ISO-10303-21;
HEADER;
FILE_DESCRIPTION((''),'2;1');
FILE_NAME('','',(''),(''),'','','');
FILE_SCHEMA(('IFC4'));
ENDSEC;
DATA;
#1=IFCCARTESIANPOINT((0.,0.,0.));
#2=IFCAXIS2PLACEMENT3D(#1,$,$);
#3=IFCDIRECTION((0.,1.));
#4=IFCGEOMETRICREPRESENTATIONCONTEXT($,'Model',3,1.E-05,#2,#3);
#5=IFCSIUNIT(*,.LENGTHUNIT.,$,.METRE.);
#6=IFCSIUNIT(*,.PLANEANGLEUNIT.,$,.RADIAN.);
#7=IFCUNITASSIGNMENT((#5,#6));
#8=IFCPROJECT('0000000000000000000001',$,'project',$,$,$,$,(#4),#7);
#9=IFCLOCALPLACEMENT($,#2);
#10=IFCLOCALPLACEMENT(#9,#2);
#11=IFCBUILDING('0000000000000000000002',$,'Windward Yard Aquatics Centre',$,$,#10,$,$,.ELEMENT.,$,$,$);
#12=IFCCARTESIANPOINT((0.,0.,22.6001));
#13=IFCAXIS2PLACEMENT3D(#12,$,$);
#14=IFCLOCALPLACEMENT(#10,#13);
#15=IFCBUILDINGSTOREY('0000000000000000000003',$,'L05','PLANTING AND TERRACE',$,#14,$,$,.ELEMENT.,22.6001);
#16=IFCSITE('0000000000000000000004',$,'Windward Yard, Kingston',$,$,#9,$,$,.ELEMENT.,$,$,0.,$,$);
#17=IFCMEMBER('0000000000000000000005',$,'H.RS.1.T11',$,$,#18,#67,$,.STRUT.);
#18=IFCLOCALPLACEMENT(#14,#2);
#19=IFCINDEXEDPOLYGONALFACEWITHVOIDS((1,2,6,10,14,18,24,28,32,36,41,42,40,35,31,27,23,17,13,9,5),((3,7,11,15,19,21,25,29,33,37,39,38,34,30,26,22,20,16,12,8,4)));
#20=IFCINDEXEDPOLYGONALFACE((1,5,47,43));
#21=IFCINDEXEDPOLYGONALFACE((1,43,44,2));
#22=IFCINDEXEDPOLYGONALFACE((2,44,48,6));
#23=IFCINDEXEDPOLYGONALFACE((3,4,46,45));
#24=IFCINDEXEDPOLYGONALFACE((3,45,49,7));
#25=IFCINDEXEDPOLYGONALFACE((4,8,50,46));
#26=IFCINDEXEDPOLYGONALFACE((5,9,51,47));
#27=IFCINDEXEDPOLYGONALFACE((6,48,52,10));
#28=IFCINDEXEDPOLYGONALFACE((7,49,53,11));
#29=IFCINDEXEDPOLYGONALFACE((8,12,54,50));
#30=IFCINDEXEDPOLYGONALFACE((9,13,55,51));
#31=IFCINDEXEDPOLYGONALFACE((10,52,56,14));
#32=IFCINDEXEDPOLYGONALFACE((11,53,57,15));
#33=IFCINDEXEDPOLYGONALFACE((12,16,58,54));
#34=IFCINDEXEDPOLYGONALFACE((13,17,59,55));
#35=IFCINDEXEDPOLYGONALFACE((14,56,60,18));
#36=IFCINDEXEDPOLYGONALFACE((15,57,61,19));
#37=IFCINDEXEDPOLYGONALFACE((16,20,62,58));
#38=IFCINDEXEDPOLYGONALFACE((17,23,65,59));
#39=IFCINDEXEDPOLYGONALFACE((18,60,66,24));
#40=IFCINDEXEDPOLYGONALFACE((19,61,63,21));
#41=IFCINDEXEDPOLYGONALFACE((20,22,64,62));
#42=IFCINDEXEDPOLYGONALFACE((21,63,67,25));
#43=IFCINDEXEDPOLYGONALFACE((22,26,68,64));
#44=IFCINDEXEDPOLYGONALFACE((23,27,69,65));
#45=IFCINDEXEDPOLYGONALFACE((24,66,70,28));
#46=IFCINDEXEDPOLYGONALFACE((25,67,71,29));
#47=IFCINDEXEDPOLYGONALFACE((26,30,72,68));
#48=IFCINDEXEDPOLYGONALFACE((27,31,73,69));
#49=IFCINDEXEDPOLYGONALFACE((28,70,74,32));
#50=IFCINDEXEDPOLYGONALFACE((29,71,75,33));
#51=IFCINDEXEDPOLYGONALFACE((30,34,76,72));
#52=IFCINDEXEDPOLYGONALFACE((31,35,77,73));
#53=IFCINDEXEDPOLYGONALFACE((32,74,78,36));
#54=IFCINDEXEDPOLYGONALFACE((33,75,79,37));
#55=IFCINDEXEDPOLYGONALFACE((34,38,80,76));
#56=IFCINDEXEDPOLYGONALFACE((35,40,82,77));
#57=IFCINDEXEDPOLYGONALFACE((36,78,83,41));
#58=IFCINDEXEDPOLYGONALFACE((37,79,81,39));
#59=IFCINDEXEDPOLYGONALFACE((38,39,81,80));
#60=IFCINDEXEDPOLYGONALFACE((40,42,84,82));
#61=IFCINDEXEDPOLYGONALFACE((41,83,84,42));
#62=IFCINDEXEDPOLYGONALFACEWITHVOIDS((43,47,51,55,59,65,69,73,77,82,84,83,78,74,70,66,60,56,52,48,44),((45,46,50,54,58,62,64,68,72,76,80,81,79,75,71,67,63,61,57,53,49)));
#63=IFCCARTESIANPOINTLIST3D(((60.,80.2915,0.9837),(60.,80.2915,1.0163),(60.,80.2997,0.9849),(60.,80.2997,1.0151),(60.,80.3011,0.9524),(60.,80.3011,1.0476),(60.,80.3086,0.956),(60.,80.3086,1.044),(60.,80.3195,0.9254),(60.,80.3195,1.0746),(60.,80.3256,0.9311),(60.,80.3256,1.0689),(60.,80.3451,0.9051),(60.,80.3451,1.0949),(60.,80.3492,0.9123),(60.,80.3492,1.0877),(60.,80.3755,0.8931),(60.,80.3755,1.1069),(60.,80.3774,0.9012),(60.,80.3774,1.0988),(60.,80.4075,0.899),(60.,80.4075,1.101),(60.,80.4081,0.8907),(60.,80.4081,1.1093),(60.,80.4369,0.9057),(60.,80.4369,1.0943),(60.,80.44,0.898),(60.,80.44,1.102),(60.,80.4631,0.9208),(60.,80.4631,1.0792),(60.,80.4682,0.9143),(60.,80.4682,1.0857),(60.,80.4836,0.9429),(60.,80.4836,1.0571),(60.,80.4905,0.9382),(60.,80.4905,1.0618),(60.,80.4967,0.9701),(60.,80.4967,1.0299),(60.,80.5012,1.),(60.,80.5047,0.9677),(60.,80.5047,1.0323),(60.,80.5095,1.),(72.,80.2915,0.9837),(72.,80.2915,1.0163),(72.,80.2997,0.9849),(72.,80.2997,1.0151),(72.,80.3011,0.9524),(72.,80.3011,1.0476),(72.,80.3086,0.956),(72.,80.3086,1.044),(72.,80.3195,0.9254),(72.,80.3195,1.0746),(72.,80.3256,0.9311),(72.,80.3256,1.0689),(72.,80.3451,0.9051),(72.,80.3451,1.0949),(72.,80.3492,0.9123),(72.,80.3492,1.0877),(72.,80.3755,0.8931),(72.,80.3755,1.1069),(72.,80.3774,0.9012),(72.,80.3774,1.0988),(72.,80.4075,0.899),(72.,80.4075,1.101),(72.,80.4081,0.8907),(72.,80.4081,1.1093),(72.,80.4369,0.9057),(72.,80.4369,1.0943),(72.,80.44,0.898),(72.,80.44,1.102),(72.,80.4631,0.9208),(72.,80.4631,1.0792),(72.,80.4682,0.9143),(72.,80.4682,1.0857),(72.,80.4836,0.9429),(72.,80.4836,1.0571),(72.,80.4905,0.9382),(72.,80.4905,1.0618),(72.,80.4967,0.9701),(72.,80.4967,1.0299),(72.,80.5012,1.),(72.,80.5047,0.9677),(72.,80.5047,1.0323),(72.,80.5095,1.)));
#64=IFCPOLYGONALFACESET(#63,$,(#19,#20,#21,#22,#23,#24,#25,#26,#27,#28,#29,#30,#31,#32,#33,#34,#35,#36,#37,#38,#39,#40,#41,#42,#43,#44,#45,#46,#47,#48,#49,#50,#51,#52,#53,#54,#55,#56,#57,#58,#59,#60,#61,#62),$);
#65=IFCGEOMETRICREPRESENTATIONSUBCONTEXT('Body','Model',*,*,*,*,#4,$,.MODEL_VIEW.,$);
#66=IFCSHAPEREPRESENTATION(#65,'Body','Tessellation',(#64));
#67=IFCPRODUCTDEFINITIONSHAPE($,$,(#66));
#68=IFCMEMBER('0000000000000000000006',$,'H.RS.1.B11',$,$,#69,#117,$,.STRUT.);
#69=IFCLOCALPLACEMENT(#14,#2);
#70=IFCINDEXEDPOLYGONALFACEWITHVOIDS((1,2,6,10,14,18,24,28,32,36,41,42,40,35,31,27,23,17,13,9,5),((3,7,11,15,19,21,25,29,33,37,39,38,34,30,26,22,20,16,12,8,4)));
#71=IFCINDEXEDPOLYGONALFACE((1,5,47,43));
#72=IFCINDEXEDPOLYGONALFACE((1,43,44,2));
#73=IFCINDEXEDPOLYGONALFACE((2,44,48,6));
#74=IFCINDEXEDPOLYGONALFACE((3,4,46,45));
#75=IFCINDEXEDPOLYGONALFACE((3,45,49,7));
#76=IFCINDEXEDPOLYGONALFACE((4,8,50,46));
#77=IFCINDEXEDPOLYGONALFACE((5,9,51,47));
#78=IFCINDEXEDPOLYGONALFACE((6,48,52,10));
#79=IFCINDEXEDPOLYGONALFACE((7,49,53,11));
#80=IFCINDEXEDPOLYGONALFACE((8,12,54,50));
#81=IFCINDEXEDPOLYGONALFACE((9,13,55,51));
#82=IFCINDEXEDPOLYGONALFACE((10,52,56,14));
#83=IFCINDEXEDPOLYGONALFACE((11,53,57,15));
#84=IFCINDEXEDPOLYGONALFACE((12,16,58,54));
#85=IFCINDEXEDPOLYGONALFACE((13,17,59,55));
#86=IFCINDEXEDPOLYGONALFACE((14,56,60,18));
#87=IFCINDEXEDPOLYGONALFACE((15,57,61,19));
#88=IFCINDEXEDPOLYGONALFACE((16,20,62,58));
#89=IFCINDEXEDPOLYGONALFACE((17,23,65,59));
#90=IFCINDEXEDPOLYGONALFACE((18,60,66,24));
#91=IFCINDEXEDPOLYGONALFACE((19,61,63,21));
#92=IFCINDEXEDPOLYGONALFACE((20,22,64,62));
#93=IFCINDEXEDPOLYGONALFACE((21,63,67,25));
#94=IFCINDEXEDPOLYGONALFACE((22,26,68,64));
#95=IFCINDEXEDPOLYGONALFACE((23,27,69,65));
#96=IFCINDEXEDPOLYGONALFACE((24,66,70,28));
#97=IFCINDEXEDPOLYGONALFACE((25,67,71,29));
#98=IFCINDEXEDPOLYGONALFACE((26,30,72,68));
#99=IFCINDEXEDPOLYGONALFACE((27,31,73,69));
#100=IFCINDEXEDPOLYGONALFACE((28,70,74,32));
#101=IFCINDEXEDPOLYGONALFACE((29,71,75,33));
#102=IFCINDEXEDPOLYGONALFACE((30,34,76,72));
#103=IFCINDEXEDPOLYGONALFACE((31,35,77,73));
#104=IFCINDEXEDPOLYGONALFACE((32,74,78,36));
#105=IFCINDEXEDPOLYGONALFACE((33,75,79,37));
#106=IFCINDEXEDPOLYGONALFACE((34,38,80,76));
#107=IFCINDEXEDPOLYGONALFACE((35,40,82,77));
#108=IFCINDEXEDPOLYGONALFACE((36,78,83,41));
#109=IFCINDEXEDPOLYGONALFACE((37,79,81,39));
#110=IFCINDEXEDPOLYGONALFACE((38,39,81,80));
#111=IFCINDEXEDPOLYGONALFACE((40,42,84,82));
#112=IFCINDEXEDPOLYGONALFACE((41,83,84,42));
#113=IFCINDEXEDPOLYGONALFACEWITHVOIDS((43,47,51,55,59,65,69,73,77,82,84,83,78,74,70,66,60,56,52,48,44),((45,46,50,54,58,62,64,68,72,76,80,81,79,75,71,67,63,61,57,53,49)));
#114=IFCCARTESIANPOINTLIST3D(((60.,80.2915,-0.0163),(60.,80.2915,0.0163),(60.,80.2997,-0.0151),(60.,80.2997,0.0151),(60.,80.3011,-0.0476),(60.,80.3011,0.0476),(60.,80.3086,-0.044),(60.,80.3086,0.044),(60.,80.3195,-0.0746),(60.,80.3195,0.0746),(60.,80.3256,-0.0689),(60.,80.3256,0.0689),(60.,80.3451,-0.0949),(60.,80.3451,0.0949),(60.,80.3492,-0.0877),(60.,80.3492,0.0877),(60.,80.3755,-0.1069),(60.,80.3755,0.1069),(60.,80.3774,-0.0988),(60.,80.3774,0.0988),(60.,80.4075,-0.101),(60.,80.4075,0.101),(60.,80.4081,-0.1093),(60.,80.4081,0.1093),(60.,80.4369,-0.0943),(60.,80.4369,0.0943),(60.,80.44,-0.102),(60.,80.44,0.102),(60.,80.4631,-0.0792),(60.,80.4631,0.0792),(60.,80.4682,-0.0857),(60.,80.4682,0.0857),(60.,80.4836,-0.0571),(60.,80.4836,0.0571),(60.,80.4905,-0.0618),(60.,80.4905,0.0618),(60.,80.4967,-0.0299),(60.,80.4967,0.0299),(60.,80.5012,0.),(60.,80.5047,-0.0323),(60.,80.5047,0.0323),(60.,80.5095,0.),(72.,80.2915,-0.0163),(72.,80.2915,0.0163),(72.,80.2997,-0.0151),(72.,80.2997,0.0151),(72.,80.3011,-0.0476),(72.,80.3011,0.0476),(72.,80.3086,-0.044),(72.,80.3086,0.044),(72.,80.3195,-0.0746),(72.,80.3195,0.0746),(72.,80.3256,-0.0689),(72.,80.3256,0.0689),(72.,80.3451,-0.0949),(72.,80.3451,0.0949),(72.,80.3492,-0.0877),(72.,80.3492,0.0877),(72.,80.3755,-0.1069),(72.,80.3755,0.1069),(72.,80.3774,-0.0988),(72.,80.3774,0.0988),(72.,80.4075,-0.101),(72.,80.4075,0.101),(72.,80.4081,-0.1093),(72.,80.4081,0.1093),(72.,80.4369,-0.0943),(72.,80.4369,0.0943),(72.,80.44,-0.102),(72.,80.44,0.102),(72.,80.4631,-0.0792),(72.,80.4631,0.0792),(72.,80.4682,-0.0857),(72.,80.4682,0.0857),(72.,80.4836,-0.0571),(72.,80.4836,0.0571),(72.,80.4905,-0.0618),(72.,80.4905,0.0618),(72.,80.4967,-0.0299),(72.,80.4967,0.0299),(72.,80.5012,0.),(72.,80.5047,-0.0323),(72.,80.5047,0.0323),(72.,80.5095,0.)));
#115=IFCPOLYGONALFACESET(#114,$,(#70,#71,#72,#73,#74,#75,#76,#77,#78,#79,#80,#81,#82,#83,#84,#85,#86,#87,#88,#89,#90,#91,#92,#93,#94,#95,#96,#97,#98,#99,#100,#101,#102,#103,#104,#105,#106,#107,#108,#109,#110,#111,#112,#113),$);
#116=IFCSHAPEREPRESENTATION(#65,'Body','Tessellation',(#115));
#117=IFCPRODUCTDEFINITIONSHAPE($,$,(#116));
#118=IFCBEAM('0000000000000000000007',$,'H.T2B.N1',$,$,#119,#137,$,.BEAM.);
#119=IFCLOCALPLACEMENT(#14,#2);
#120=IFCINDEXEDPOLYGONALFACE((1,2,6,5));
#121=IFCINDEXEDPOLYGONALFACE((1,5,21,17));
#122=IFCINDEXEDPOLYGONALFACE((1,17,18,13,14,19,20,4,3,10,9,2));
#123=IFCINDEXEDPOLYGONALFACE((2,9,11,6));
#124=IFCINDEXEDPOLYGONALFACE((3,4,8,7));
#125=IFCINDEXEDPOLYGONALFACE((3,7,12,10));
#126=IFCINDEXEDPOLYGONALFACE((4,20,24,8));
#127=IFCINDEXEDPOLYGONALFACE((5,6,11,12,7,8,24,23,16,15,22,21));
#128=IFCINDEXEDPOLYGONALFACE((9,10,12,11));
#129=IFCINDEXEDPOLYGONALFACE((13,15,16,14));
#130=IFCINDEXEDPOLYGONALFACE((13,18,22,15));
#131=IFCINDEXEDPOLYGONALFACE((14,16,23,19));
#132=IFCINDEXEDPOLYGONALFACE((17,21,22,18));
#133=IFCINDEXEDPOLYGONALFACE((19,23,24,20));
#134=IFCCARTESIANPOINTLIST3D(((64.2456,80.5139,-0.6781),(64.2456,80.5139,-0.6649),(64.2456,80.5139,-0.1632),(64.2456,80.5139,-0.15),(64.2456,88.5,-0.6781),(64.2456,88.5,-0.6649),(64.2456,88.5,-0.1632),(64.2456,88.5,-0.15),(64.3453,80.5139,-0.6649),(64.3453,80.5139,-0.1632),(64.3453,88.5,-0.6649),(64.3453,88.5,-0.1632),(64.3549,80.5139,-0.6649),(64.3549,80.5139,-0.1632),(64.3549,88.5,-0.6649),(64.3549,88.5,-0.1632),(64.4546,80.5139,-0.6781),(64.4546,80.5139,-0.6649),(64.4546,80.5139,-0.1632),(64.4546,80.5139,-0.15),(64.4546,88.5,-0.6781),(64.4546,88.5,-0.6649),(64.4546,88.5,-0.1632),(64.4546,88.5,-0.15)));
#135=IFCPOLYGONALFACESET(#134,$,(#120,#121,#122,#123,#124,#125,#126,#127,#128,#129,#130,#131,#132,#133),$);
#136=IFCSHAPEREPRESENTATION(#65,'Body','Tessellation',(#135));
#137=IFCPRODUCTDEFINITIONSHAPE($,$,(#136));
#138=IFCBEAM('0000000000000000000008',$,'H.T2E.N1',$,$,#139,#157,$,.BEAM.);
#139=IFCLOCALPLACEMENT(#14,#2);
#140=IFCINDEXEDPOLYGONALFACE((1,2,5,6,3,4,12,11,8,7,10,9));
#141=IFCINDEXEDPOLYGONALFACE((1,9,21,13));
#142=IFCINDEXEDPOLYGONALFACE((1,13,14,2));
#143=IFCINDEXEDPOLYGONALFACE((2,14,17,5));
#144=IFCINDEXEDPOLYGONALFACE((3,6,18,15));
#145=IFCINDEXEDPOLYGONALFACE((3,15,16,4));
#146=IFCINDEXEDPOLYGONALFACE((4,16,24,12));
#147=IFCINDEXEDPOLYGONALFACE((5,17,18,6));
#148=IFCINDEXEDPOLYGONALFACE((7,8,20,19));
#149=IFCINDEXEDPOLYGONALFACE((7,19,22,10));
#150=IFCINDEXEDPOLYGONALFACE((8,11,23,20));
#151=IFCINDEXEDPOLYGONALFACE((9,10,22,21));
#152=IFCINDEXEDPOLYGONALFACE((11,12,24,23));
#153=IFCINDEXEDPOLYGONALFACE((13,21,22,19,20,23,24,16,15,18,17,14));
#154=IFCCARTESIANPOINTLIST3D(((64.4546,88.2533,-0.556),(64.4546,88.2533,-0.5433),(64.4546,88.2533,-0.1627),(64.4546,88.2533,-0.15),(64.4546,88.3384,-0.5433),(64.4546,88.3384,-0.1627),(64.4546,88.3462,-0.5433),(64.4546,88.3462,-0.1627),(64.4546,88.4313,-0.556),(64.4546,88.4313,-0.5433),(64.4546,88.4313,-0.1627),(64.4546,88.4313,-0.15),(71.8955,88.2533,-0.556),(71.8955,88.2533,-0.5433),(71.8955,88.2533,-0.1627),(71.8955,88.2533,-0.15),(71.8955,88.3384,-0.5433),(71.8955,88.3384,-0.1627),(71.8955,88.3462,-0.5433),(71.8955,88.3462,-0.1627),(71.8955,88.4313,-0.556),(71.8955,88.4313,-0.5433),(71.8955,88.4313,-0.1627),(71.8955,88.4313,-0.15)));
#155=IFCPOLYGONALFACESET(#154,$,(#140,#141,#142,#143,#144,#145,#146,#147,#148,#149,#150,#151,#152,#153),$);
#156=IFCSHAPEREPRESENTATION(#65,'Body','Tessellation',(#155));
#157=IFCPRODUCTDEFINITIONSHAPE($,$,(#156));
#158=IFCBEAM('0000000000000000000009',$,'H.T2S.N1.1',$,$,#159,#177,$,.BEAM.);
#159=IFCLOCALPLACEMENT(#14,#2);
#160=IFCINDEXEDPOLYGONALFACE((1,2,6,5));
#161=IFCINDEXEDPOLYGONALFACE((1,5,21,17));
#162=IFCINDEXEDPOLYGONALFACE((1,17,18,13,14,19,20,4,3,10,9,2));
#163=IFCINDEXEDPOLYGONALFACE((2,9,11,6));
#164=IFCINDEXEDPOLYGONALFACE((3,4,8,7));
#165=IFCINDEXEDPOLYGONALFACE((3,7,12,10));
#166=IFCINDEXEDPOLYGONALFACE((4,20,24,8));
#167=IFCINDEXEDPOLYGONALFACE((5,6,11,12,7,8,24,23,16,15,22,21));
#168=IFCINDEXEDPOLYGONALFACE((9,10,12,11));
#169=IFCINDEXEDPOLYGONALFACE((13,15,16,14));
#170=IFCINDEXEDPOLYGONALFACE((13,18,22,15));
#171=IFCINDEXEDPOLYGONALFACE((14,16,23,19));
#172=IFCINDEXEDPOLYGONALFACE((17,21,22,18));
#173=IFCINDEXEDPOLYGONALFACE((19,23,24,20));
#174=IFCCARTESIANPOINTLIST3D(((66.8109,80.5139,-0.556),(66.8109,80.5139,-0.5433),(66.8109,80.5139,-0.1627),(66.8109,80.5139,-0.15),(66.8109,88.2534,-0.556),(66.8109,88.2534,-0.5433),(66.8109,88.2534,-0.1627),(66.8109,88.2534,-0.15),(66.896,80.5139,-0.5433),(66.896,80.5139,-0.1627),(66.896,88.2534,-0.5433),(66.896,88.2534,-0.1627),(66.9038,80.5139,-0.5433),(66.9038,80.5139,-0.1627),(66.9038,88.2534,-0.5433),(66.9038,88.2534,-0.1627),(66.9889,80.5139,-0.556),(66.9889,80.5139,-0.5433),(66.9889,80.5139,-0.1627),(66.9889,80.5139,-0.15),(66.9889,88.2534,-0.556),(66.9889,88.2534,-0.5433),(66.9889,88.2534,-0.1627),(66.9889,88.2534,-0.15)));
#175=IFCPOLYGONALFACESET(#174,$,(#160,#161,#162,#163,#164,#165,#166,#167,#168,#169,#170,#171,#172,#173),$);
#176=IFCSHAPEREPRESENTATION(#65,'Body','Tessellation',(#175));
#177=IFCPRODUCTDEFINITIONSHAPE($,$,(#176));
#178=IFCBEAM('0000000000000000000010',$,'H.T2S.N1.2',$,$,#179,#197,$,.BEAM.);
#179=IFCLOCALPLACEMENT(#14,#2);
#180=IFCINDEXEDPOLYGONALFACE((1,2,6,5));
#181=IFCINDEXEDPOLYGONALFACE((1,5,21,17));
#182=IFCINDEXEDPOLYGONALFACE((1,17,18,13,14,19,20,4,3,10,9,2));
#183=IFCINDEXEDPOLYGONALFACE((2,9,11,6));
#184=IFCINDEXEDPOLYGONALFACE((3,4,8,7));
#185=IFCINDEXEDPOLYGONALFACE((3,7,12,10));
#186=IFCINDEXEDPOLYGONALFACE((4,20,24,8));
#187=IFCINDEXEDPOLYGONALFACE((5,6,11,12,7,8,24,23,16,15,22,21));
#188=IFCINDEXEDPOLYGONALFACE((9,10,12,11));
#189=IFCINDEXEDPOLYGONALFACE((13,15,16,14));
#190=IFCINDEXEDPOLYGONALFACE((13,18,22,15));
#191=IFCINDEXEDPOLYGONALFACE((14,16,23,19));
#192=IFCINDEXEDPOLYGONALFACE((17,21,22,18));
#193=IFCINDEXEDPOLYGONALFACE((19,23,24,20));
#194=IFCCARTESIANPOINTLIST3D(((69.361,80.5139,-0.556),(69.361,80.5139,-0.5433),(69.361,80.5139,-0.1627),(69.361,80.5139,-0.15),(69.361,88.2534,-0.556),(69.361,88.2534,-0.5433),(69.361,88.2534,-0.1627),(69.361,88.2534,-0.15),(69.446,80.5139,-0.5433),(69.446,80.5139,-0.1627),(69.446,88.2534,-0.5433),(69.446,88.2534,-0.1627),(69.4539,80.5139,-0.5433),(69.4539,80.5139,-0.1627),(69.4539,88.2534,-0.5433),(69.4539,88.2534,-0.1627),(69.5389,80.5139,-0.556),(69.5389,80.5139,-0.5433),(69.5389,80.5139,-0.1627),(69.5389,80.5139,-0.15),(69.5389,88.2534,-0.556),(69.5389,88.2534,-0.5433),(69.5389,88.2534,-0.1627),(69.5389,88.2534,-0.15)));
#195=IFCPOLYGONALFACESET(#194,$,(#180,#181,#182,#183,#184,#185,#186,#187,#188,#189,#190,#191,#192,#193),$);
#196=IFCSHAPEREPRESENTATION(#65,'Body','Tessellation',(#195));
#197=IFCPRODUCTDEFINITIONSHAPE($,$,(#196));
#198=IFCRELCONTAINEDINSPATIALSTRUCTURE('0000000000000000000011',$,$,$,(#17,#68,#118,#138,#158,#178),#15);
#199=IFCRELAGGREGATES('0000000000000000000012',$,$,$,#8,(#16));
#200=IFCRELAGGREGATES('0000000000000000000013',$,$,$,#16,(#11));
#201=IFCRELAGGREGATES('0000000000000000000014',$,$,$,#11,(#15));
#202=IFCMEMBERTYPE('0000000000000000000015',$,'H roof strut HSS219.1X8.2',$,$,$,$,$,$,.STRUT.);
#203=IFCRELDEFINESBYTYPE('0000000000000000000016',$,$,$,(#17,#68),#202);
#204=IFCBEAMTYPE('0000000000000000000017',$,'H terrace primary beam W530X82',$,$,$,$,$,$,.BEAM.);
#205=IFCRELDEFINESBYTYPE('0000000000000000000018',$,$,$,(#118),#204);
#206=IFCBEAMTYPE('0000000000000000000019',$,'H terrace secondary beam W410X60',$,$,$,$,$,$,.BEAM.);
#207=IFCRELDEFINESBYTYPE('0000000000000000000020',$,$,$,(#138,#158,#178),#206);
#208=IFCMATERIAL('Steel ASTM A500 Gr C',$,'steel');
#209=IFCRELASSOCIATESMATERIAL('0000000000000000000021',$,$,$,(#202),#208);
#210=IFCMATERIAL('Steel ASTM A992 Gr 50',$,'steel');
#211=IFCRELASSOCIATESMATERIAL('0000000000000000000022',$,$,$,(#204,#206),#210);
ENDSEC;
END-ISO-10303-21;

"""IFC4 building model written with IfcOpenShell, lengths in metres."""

from ifc_helpers import new_model, si_unit, direction, frame, origin, origin_2d, place, context, subcontext, project, spatial, hollow_circle, i_section, extrude, material, material_profile, profile_set, type_object, element, save


model = new_model("IFC4")

# Units and contexts
model_context = context("Model", 3, precision=1e-05, world=origin(), true_north=direction((0.0, 1.0)))
body_context = subcontext(model_context, "Body", "Model", "MODEL_VIEW")
ifc_project = project(units=[si_unit("LENGTHUNIT", "METRE"), si_unit("PLANEANGLEUNIT", "RADIAN")], contexts=[model_context])

# Site, building, storey
site_placement = place(None, origin())
site = spatial("IfcSite", under=ifc_project, at=site_placement, Name="Windward Yard, Kingston", CompositionType="ELEMENT", RefElevation=0.0)
building_placement = place(site_placement, origin())
building = spatial("IfcBuilding", under=site, at=building_placement, Name="Windward Yard Aquatics Centre", CompositionType="ELEMENT")
storey_placement = place(building_placement, frame((0.0, 0.0, 22.6001)))
storey = spatial("IfcBuildingStorey", under=building, at=storey_placement, Name="L05", Description="PLANTING AND TERRACE", CompositionType="ELEMENT", Elevation=22.6001)

# Shared definitions
ifc_material_1 = material(Name="Steel ASTM A500 Gr C", Category="steel")

# Shared definitions
ifc_material_2 = material(Name="Steel ASTM A992 Gr 50", Category="steel")

# Members
ifc_material_profile_1 = material_profile(ifc_material_1, hollow_circle(Radius=0.1096, WallThickness=0.0083, at=origin_2d()), Name="HSS219.1X8.2")
ifc_profile_set_1 = profile_set([ifc_material_profile_1], Name="Steel ASTM A500 Gr C")
member_type_1 = type_object("IfcMemberType", Name="H roof strut HSS219.1X8.2", PredefinedType="STRUT", material=ifc_profile_set_1)
for number, where, z_axis, x_axis, name in (
    (1, (60.0, 80.3999, 1.0), (1.0, 0.0, 0.0), (0.0, 1.0, 0.0), "H.RS.1.T11"),
    (2, (60.0, 80.3999, 0.0), (1.0, 0.0, 0.0), (0.0, 1.0, 0.0), "H.RS.1.B11"),
):
    element("IfcMember", number, at=place(storey_placement, frame(where, z_axis=z_axis, x_axis=x_axis)), inside=storey, type_object=member_type_1, Name=name, PredefinedType="STRUT", context=body_context, shape_type="SweptSolid", body=[
        extrude(hollow_circle(Radius=0.1096, WallThickness=0.0083, at=origin_2d()), origin(), (0.0, 0.0, 1.0), 12.0),
    ])

# Beams
ifc_material_profile_2 = material_profile(ifc_material_2, i_section(OverallWidth=0.209, OverallDepth=0.5281, WebThickness=0.0095, FlangeThickness=0.0132, at=origin_2d()), Name="W530X82")
ifc_profile_set_2 = profile_set([ifc_material_profile_2], Name="Steel ASTM A992 Gr 50")
beam_type_1 = type_object("IfcBeamType", Name="H terrace primary beam W530X82", PredefinedType="BEAM", material=ifc_profile_set_2)
beam_1_placement = place(storey_placement, frame((64.3501, 88.5, -0.4141), z_axis=(0.0, -1.0, 0.0), x_axis=(1.0, 0.0, 0.0)))
element("IfcBeam", 3, at=beam_1_placement, inside=storey, type_object=beam_type_1, Name="H.T2B.N1", PredefinedType="BEAM", context=body_context, shape_type="SweptSolid", body=[
    extrude(i_section(OverallWidth=0.209, OverallDepth=0.5281, WebThickness=0.0095, FlangeThickness=0.0132, at=origin_2d()), origin(), (0.0, 0.0, 1.0), 7.9861),
])
ifc_material_profile_3 = material_profile(ifc_material_2, i_section(OverallWidth=0.178, OverallDepth=0.406, WebThickness=0.0078, FlangeThickness=0.0127, at=origin_2d()), Name="W410X60")
ifc_profile_set_3 = profile_set([ifc_material_profile_3], Name="Steel ASTM A992 Gr 50")
beam_type_2 = type_object("IfcBeamType", Name="H terrace secondary beam W410X60", PredefinedType="BEAM", material=ifc_profile_set_3)
beam_2_placement = place(storey_placement, frame((64.4546, 88.3423, -0.353), z_axis=(1.0, 0.0, 0.0), x_axis=(0.0, 1.0, 0.0)))
element("IfcBeam", 4, at=beam_2_placement, inside=storey, type_object=beam_type_2, Name="H.T2E.N1", PredefinedType="BEAM", context=body_context, shape_type="SweptSolid", body=[
    extrude(i_section(OverallWidth=0.178, OverallDepth=0.406, WebThickness=0.0078, FlangeThickness=0.0127, at=origin_2d()), origin(), (0.0, 0.0, 1.0), 7.4409),
])
for number, where, z_axis, x_axis, name in (
    (5, (66.8999, 88.2534, -0.353), (0.0, -1.0, 0.0), (1.0, 0.0, 0.0), "H.T2S.N1.1"),
    (6, (69.45, 88.2534, -0.353), (0.0, -1.0, 0.0), (1.0, 0.0, 0.0), "H.T2S.N1.2"),
):
    element("IfcBeam", number, at=place(storey_placement, frame(where, z_axis=z_axis, x_axis=x_axis)), inside=storey, type_object=beam_type_2, Name=name, PredefinedType="BEAM", context=body_context, shape_type="SweptSolid", body=[
        extrude(i_section(OverallWidth=0.178, OverallDepth=0.406, WebThickness=0.0078, FlangeThickness=0.0127, at=origin_2d()), origin(), (0.0, 0.0, 1.0), 7.7395),
    ])

save(model, "model.ifc")
